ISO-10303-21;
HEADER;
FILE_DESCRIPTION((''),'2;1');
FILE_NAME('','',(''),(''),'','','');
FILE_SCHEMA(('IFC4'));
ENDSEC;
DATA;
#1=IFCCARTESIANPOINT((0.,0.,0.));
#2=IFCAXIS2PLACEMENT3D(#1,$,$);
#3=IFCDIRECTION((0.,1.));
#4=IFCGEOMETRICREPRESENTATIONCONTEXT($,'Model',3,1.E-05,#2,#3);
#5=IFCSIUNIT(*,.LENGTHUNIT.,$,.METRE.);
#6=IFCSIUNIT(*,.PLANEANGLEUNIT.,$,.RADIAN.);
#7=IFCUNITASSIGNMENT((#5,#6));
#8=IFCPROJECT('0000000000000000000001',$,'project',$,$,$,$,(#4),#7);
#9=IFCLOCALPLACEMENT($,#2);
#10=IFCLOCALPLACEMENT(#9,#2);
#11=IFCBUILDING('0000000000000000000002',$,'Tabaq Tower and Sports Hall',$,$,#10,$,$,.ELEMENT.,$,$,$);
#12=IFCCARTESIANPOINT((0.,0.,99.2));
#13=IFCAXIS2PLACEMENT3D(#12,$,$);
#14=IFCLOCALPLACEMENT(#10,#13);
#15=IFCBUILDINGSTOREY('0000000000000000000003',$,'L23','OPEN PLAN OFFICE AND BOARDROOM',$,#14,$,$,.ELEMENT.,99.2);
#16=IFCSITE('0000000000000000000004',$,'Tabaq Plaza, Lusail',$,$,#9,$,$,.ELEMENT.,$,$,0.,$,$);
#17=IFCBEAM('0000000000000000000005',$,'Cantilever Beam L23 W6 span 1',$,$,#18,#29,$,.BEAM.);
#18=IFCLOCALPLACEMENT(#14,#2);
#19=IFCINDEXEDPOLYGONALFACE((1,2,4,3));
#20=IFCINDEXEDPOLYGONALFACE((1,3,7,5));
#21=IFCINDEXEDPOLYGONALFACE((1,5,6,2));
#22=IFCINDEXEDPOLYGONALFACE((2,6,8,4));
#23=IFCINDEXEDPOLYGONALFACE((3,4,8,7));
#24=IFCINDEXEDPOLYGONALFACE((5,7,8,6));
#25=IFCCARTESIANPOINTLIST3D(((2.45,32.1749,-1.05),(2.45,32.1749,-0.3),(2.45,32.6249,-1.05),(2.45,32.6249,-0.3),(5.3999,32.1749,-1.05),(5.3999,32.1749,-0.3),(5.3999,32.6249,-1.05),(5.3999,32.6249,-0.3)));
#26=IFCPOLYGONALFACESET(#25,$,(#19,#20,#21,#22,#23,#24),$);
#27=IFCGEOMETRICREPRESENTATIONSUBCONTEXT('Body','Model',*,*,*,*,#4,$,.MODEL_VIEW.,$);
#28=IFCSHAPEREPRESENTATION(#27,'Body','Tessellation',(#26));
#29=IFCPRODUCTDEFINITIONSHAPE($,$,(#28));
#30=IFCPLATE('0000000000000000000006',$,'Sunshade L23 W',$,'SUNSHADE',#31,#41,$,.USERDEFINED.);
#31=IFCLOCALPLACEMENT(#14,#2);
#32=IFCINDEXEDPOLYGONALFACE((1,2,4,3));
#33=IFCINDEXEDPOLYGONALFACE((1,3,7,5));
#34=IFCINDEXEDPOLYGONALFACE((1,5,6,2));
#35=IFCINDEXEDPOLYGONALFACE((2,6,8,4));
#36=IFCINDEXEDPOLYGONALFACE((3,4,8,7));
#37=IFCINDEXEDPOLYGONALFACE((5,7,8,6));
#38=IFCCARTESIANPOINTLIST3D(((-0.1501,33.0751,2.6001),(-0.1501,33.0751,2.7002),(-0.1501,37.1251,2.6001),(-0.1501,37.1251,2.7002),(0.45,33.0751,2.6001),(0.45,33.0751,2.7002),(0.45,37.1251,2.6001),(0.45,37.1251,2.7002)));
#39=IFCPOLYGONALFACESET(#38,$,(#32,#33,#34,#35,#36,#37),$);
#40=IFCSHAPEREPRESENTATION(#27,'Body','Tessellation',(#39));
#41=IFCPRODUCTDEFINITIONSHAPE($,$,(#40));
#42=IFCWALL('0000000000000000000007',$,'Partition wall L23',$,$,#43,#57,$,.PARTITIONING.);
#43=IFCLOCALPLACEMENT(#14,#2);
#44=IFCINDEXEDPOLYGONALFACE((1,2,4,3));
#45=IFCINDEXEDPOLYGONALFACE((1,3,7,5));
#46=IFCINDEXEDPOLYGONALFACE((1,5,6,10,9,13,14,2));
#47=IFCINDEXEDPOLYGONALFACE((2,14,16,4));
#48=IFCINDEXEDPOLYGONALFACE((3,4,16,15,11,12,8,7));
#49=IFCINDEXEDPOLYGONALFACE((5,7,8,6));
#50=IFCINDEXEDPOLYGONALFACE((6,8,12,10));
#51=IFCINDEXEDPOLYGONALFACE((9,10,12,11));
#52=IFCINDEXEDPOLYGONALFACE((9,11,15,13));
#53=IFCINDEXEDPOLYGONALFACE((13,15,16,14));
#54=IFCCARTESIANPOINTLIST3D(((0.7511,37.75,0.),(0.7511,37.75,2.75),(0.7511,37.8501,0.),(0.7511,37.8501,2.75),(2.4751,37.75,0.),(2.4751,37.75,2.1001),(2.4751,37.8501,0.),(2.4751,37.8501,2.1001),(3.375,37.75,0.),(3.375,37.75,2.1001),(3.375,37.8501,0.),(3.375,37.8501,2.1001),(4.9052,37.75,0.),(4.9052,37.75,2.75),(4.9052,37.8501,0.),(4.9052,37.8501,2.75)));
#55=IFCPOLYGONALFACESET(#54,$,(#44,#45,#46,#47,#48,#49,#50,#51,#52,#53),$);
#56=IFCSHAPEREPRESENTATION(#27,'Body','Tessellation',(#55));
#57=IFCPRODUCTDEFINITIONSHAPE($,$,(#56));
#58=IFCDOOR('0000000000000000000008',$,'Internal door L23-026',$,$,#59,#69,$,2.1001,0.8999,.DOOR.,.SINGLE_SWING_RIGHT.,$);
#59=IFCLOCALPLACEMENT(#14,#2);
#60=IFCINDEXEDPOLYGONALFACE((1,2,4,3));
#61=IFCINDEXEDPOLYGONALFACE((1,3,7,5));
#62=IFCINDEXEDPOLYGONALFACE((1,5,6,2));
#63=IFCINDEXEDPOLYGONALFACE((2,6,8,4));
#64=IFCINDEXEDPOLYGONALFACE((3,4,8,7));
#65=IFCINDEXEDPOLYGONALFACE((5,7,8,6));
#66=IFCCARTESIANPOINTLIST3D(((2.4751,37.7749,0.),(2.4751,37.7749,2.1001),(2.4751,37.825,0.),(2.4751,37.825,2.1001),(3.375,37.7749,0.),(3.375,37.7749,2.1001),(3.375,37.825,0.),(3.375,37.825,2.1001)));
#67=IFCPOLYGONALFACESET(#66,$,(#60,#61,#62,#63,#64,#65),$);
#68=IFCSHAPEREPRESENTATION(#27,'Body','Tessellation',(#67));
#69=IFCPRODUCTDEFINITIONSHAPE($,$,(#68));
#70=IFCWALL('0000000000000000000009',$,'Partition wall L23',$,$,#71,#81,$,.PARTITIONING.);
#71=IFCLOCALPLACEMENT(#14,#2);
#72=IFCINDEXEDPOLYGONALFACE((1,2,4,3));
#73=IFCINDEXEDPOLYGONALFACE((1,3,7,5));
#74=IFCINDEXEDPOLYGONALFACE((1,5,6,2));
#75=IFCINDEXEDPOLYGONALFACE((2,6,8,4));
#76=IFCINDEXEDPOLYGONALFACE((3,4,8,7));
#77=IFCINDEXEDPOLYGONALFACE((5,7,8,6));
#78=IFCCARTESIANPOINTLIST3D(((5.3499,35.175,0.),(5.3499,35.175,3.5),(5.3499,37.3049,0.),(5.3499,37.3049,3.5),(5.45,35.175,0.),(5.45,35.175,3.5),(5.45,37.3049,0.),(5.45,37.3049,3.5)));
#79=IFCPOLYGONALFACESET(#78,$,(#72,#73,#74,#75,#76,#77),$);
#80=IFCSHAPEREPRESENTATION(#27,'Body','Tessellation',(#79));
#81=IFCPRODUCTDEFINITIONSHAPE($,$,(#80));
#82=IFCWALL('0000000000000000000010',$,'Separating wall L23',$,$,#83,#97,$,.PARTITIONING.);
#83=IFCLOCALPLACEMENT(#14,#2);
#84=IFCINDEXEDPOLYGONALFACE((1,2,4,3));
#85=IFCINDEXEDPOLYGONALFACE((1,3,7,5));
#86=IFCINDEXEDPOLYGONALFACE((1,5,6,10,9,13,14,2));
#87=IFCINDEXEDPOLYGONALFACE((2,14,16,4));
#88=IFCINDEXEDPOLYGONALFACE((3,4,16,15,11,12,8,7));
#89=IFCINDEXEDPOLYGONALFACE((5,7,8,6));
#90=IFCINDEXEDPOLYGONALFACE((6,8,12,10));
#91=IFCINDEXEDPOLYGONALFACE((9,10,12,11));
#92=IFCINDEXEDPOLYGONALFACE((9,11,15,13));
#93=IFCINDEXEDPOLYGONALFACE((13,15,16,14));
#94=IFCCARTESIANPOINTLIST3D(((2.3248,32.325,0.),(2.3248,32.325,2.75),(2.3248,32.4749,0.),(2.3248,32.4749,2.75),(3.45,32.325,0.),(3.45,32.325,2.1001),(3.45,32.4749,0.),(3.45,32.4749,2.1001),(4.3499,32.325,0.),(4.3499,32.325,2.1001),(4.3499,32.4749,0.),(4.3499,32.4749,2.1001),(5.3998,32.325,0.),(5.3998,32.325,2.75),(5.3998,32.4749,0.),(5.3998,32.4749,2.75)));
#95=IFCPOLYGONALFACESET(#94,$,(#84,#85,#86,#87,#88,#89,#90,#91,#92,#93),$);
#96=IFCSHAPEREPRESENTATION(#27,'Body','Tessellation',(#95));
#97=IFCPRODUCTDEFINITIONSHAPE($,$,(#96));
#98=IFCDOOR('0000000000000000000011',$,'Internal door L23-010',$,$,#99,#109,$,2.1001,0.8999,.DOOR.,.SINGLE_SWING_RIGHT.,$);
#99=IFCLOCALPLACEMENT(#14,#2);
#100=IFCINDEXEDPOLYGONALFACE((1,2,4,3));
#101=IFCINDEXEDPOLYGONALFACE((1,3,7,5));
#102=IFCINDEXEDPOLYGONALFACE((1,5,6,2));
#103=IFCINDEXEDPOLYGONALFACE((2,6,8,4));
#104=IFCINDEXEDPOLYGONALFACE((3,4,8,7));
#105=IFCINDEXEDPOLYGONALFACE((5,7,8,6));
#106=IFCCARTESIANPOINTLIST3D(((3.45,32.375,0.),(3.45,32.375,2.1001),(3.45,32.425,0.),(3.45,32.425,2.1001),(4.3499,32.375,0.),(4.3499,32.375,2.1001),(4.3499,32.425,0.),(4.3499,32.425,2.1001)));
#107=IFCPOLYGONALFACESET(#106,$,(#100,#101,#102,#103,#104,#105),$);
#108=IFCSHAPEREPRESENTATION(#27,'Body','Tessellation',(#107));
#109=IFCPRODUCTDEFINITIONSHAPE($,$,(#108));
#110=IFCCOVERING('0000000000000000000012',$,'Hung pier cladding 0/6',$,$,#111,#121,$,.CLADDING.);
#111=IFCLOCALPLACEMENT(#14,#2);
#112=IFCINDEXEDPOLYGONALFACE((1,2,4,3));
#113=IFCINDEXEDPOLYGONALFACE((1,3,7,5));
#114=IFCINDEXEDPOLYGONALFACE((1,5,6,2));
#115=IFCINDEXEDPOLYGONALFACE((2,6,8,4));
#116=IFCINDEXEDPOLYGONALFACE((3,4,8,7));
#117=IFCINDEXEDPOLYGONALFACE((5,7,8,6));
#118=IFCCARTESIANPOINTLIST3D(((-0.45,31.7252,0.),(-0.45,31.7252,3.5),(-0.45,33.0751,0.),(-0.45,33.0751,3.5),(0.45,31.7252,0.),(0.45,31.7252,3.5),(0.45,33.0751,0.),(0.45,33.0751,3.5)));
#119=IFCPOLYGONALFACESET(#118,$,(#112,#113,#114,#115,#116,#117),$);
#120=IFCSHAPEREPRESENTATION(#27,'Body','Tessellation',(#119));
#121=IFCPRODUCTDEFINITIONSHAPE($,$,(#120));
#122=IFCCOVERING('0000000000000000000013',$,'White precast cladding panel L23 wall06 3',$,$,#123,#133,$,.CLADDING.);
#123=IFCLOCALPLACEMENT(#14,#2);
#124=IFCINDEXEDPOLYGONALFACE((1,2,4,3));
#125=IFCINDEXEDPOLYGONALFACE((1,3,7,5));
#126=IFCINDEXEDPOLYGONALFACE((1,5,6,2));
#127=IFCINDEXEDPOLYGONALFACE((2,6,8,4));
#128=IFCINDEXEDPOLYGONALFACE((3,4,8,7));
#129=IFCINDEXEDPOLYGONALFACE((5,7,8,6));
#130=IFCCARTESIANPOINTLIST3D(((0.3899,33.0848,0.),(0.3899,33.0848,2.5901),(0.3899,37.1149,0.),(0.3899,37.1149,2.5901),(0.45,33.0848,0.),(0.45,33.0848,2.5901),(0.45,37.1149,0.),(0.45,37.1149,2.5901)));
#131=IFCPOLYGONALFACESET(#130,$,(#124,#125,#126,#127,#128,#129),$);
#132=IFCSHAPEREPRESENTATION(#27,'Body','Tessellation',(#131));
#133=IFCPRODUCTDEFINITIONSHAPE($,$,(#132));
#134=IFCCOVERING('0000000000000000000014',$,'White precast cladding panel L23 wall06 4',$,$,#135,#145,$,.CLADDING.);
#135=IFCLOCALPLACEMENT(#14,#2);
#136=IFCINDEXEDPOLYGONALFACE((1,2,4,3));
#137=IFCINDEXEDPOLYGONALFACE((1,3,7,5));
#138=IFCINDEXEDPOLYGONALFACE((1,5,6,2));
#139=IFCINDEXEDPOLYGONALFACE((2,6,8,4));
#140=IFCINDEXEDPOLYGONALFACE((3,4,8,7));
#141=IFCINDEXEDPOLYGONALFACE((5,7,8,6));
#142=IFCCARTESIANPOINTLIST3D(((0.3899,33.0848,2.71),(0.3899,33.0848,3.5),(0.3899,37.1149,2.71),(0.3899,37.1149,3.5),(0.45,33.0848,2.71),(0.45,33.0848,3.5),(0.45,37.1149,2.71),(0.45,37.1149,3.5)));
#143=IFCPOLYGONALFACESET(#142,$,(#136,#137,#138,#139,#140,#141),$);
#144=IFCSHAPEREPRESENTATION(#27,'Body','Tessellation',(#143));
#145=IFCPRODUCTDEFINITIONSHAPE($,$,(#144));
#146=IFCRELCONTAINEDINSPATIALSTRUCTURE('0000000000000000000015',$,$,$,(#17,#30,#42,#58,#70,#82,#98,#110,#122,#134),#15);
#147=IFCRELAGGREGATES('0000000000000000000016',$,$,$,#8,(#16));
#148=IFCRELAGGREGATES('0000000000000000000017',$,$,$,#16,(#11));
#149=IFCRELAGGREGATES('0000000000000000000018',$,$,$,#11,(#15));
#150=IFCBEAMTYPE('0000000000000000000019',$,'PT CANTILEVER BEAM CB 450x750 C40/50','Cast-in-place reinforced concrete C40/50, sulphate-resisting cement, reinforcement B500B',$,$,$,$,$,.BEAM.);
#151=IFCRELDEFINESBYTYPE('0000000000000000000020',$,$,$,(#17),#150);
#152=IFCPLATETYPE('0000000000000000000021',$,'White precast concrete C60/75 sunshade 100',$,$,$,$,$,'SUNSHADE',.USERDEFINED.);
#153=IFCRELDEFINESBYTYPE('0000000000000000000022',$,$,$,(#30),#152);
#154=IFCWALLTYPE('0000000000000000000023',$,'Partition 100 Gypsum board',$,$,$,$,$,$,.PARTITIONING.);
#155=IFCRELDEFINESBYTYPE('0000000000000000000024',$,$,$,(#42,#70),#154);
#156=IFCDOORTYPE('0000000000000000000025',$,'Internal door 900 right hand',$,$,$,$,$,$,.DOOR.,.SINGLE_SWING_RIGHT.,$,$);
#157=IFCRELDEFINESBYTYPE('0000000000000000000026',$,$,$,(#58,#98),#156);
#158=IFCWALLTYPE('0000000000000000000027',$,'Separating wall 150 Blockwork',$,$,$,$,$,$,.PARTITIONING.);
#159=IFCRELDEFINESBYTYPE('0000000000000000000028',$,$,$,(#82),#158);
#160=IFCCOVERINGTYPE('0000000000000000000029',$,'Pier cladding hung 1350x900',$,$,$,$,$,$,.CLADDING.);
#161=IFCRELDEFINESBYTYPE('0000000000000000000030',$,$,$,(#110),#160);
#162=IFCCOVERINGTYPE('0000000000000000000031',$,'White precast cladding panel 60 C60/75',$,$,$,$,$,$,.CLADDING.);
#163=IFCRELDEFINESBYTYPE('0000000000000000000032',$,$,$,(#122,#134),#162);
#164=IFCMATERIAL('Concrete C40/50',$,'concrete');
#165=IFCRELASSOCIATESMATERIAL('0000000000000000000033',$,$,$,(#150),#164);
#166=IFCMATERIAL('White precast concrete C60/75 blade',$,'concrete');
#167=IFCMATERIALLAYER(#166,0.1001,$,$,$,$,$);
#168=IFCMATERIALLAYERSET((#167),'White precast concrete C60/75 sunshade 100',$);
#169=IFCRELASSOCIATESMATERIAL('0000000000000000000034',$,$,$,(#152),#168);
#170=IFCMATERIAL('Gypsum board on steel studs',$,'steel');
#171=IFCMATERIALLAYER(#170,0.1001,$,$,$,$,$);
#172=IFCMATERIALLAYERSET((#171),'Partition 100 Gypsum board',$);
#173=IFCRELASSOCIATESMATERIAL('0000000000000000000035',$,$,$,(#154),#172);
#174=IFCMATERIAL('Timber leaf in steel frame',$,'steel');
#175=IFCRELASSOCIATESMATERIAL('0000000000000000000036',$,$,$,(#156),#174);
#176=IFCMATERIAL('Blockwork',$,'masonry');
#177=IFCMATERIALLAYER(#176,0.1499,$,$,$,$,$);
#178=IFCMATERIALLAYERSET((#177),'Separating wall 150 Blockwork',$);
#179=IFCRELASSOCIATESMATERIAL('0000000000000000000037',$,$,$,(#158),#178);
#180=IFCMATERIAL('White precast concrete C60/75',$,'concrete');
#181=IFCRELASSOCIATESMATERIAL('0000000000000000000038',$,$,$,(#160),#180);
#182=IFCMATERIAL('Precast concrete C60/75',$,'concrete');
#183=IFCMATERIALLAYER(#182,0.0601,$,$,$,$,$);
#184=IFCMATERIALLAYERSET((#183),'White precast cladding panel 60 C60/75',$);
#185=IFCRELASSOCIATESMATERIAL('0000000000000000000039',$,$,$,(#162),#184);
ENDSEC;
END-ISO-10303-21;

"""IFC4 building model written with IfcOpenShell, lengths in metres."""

from ifc_helpers import new_model, si_unit, direction, frame, frame_2d, origin, origin_2d, place, context, subcontext, project, spatial, rectangle, extrude, material, layer, layer_set, material_profile, profile_set, type_object, element, fill, save


model = new_model("IFC4")

# Units and contexts
model_context = context("Model", 3, precision=1e-05, world=origin(), true_north=direction((0.0, 1.0)))
body_context = subcontext(model_context, "Body", "Model", "MODEL_VIEW")
ifc_project = project(units=[si_unit("LENGTHUNIT", "METRE"), si_unit("PLANEANGLEUNIT", "RADIAN")], contexts=[model_context])

# Site, building, storey
site_placement = place(None, origin())
site = spatial("IfcSite", under=ifc_project, at=site_placement, Name="Tabaq Plaza, Lusail", CompositionType="ELEMENT", RefElevation=0.0)
building_placement = place(site_placement, origin())
building = spatial("IfcBuilding", under=site, at=building_placement, Name="Tabaq Tower and Sports Hall", CompositionType="ELEMENT")
storey_placement = place(building_placement, frame((0.0, 0.0, 99.2)))
storey = spatial("IfcBuildingStorey", under=building, at=storey_placement, Name="L23", Description="OPEN PLAN OFFICE AND BOARDROOM", CompositionType="ELEMENT", Elevation=99.2)

# Beam
ifc_material_1 = material(Name="Concrete C40/50", Category="concrete")
ifc_material_profile = material_profile(ifc_material_1, rectangle(XDim=0.45, YDim=0.75, at=origin_2d()), Name="CB 450x750")
ifc_profile_set = profile_set([ifc_material_profile], Name="Concrete C40/50")
beam_type = type_object("IfcBeamType", Name="PT CANTILEVER BEAM CB 450x750 C40/50", Description="Cast-in-place reinforced concrete C40/50, sulphate-resisting cement, reinforcement B500B", PredefinedType="BEAM", material=ifc_profile_set)
beam_placement = place(storey_placement, frame((2.45, 32.3999, -0.675), z_axis=(1.0, 0.0, 0.0), x_axis=(0.0, 1.0, 0.0)))
element("IfcBeam", 1, at=beam_placement, inside=storey, type_object=beam_type, Name="Cantilever Beam L23 W6 span 1", PredefinedType="BEAM", context=body_context, shape_type="SweptSolid", body=[
    extrude(rectangle(XDim=0.45, YDim=0.75, at=origin_2d()), origin(), (0.0, 0.0, 1.0), 2.95),
])

# Plate
ifc_material_2 = material(Name="White precast concrete C60/75 blade", Category="concrete")
ifc_layer_1 = layer(ifc_material_2, 0.1001)
ifc_layer_set_1 = layer_set([ifc_layer_1], Name="White precast concrete C60/75 sunshade 100")
plate_type = type_object("IfcPlateType", Name="White precast concrete C60/75 sunshade 100", ElementType="SUNSHADE", PredefinedType="USERDEFINED", material=ifc_layer_set_1)
plate_placement = place(storey_placement, frame((0.1499, 35.1001, 2.6001), z_axis=(0.0, 0.0, 1.0), x_axis=(0.0, -1.0, 0.0)))
element("IfcPlate", 2, at=plate_placement, inside=storey, type_object=plate_type, Name="Sunshade L23 W", ObjectType="SUNSHADE", PredefinedType="USERDEFINED", context=body_context, shape_type="SweptSolid", body=[
    extrude(rectangle(XDim=4.05, YDim=0.6001, at=origin_2d()), origin(), (0.0, 0.0, 1.0), 0.1001),
])

# Wall, opening, door
ifc_material_3 = material(Name="Gypsum board on steel studs", Category="steel")
ifc_layer_2 = layer(ifc_material_3, 0.1001)
ifc_layer_set_2 = layer_set([ifc_layer_2], Name="Partition 100 Gypsum board")
wall_type_1 = type_object("IfcWallType", Name="Partition 100 Gypsum board", PredefinedType="PARTITIONING", material=ifc_layer_set_2)
wall_1_placement = place(storey_placement, frame((0.751, 37.8, 0.0), z_axis=(0.0, 0.0, 1.0), x_axis=(1.0, 0.0, 0.0)))
wall_1 = element("IfcWall", 3, at=wall_1_placement, inside=storey, type_object=wall_type_1, Name="Partition wall L23", PredefinedType="PARTITIONING", context=body_context, shape_type="SweptSolid", body=[
    extrude(rectangle(XDim=4.1541, YDim=0.1001, at=frame_2d((2.0771, 0.0))), origin(), (0.0, 0.0, 1.0), 2.75),
])
opening_1_placement = place(wall_1_placement, frame((1.7241, 0.0, 0.0)))
opening_1 = element("IfcOpeningElement", 4, at=opening_1_placement, cuts=wall_1, PredefinedType="OPENING", context=body_context, shape_type="SweptSolid", body=[
    extrude(rectangle(XDim=0.8999, YDim=2.1001, at=frame_2d((0.45, 1.05))), frame((0.0, 0.05, 0.0), z_axis=(0.0, -1.0, 0.0), x_axis=(1.0, 0.0, 0.0)), (0.0, 0.0, 1.0), 0.1001),
])
ifc_material_4 = material(Name="Timber leaf in steel frame", Category="steel")
door_type_1 = type_object("IfcDoorType", Name="Internal door 900 right hand", OperationType="SINGLE_SWING_RIGHT", PredefinedType="DOOR", material=ifc_material_4)
door_1_placement = place(opening_1_placement, origin())
door_1 = element("IfcDoor", 5, at=door_1_placement, inside=storey, type_object=door_type_1, Name="Internal door L23-026", OperationType="SINGLE_SWING_RIGHT", OverallHeight=2.1001, OverallWidth=0.8999, PredefinedType="DOOR", context=body_context, shape_type="SweptSolid", body=[
    extrude(rectangle(XDim=0.8999, YDim=2.1001, at=frame_2d((0.45, 1.05))), frame((0.0, 0.0249, 0.0), z_axis=(0.0, -1.0, 0.0), x_axis=(1.0, 0.0, 0.0)), (0.0, 0.0, 1.0), 0.05),
])
fill(opening_1, door_1)

# Wall
wall_2_placement = place(storey_placement, frame((5.3999, 37.3049, 0.0), z_axis=(0.0, 0.0, 1.0), x_axis=(0.0, -1.0, 0.0)))
element("IfcWall", 6, at=wall_2_placement, inside=storey, type_object=wall_type_1, Name="Partition wall L23", PredefinedType="PARTITIONING", context=body_context, shape_type="SweptSolid", body=[
    extrude(rectangle(XDim=2.1299, YDim=0.1001, at=frame_2d((1.0649, 0.0))), origin(), (0.0, 0.0, 1.0), 3.5),
])

# Wall, opening, door
ifc_material_5 = material(Name="Blockwork", Category="masonry")
ifc_layer_3 = layer(ifc_material_5, 0.1499)
ifc_layer_set_3 = layer_set([ifc_layer_3], Name="Separating wall 150 Blockwork")
wall_type_2 = type_object("IfcWallType", Name="Separating wall 150 Blockwork", PredefinedType="PARTITIONING", material=ifc_layer_set_3)
wall_3_placement = place(storey_placement, frame((5.3999, 32.3999, 0.0), z_axis=(0.0, 0.0, 1.0), x_axis=(-1.0, 0.0, 0.0)))
wall_3 = element("IfcWall", 7, at=wall_3_placement, inside=storey, type_object=wall_type_2, Name="Separating wall L23", PredefinedType="PARTITIONING", context=body_context, shape_type="SweptSolid", body=[
    extrude(rectangle(XDim=3.075, YDim=0.1499, at=frame_2d((1.5376, 0.0))), origin(), (0.0, 0.0, 1.0), 2.75),
])
opening_2_placement = place(wall_3_placement, frame((1.05, 0.0, 0.0)))
opening_2 = element("IfcOpeningElement", 8, at=opening_2_placement, cuts=wall_3, PredefinedType="OPENING", context=body_context, shape_type="SweptSolid", body=[
    extrude(rectangle(XDim=0.8999, YDim=2.1001, at=frame_2d((0.45, 1.05))), frame((0.0, 0.075, 0.0), z_axis=(0.0, -1.0, 0.0), x_axis=(1.0, 0.0, 0.0)), (0.0, 0.0, 1.0), 0.1499),
])
door_2_placement = place(opening_2_placement, origin())
door_2 = element("IfcDoor", 9, at=door_2_placement, inside=storey, type_object=door_type_1, Name="Internal door L23-010", OperationType="SINGLE_SWING_RIGHT", OverallHeight=2.1001, OverallWidth=0.8999, PredefinedType="DOOR", context=body_context, shape_type="SweptSolid", body=[
    extrude(rectangle(XDim=0.8999, YDim=2.1001, at=frame_2d((0.45, 1.05))), frame((0.0, 0.0249, 0.0), z_axis=(0.0, -1.0, 0.0), x_axis=(1.0, 0.0, 0.0)), (0.0, 0.0, 1.0), 0.05),
])
fill(opening_2, door_2)

# Coverings
ifc_material_6 = material(Name="White precast concrete C60/75", Category="concrete")
covering_type_1 = type_object("IfcCoveringType", Name="Pier cladding hung 1350x900", PredefinedType="CLADDING", material=ifc_material_6)
covering_1_placement = place(storey_placement, frame((0.0, 33.075, 0.0), z_axis=(0.0, 0.0, 1.0), x_axis=(0.0, -1.0, 0.0)))
element("IfcCovering", 10, at=covering_1_placement, inside=storey, type_object=covering_type_1, Name="Hung pier cladding 0/6", PredefinedType="CLADDING", context=body_context, shape_type="SweptSolid", body=[
    extrude(rectangle(XDim=1.3499, YDim=0.8999, at=frame_2d((0.6748, 0.0))), origin(), (0.0, 0.0, 1.0), 3.5),
])
ifc_material_7 = material(Name="Precast concrete C60/75", Category="concrete")
ifc_layer_4 = layer(ifc_material_7, 0.0601)
ifc_layer_set_4 = layer_set([ifc_layer_4], Name="White precast cladding panel 60 C60/75")
covering_type_2 = type_object("IfcCoveringType", Name="White precast cladding panel 60 C60/75", PredefinedType="CLADDING", material=ifc_layer_set_4)
covering_2_placement = place(storey_placement, frame((0.4199, 37.115, 0.0), z_axis=(0.0, 0.0, 1.0), x_axis=(0.0, -1.0, 0.0)))
element("IfcCovering", 11, at=covering_2_placement, inside=storey, type_object=covering_type_2, Name="White precast cladding panel L23 wall06 3", PredefinedType="CLADDING", context=body_context, shape_type="SweptSolid", body=[
    extrude(rectangle(XDim=4.03, YDim=0.0601, at=frame_2d((2.0151, 0.0))), origin(), (0.0, 0.0, 1.0), 2.5901),
])
covering_3_placement = place(storey_placement, frame((0.4199, 37.115, 2.71), z_axis=(0.0, 0.0, 1.0), x_axis=(0.0, -1.0, 0.0)))
element("IfcCovering", 12, at=covering_3_placement, inside=storey, type_object=covering_type_2, Name="White precast cladding panel L23 wall06 4", PredefinedType="CLADDING", context=body_context, shape_type="SweptSolid", body=[
    extrude(rectangle(XDim=4.03, YDim=0.0601, at=frame_2d((2.0151, 0.0))), origin(), (0.0, 0.0, 1.0), 0.79),
])

save(model, "model.ifc")
